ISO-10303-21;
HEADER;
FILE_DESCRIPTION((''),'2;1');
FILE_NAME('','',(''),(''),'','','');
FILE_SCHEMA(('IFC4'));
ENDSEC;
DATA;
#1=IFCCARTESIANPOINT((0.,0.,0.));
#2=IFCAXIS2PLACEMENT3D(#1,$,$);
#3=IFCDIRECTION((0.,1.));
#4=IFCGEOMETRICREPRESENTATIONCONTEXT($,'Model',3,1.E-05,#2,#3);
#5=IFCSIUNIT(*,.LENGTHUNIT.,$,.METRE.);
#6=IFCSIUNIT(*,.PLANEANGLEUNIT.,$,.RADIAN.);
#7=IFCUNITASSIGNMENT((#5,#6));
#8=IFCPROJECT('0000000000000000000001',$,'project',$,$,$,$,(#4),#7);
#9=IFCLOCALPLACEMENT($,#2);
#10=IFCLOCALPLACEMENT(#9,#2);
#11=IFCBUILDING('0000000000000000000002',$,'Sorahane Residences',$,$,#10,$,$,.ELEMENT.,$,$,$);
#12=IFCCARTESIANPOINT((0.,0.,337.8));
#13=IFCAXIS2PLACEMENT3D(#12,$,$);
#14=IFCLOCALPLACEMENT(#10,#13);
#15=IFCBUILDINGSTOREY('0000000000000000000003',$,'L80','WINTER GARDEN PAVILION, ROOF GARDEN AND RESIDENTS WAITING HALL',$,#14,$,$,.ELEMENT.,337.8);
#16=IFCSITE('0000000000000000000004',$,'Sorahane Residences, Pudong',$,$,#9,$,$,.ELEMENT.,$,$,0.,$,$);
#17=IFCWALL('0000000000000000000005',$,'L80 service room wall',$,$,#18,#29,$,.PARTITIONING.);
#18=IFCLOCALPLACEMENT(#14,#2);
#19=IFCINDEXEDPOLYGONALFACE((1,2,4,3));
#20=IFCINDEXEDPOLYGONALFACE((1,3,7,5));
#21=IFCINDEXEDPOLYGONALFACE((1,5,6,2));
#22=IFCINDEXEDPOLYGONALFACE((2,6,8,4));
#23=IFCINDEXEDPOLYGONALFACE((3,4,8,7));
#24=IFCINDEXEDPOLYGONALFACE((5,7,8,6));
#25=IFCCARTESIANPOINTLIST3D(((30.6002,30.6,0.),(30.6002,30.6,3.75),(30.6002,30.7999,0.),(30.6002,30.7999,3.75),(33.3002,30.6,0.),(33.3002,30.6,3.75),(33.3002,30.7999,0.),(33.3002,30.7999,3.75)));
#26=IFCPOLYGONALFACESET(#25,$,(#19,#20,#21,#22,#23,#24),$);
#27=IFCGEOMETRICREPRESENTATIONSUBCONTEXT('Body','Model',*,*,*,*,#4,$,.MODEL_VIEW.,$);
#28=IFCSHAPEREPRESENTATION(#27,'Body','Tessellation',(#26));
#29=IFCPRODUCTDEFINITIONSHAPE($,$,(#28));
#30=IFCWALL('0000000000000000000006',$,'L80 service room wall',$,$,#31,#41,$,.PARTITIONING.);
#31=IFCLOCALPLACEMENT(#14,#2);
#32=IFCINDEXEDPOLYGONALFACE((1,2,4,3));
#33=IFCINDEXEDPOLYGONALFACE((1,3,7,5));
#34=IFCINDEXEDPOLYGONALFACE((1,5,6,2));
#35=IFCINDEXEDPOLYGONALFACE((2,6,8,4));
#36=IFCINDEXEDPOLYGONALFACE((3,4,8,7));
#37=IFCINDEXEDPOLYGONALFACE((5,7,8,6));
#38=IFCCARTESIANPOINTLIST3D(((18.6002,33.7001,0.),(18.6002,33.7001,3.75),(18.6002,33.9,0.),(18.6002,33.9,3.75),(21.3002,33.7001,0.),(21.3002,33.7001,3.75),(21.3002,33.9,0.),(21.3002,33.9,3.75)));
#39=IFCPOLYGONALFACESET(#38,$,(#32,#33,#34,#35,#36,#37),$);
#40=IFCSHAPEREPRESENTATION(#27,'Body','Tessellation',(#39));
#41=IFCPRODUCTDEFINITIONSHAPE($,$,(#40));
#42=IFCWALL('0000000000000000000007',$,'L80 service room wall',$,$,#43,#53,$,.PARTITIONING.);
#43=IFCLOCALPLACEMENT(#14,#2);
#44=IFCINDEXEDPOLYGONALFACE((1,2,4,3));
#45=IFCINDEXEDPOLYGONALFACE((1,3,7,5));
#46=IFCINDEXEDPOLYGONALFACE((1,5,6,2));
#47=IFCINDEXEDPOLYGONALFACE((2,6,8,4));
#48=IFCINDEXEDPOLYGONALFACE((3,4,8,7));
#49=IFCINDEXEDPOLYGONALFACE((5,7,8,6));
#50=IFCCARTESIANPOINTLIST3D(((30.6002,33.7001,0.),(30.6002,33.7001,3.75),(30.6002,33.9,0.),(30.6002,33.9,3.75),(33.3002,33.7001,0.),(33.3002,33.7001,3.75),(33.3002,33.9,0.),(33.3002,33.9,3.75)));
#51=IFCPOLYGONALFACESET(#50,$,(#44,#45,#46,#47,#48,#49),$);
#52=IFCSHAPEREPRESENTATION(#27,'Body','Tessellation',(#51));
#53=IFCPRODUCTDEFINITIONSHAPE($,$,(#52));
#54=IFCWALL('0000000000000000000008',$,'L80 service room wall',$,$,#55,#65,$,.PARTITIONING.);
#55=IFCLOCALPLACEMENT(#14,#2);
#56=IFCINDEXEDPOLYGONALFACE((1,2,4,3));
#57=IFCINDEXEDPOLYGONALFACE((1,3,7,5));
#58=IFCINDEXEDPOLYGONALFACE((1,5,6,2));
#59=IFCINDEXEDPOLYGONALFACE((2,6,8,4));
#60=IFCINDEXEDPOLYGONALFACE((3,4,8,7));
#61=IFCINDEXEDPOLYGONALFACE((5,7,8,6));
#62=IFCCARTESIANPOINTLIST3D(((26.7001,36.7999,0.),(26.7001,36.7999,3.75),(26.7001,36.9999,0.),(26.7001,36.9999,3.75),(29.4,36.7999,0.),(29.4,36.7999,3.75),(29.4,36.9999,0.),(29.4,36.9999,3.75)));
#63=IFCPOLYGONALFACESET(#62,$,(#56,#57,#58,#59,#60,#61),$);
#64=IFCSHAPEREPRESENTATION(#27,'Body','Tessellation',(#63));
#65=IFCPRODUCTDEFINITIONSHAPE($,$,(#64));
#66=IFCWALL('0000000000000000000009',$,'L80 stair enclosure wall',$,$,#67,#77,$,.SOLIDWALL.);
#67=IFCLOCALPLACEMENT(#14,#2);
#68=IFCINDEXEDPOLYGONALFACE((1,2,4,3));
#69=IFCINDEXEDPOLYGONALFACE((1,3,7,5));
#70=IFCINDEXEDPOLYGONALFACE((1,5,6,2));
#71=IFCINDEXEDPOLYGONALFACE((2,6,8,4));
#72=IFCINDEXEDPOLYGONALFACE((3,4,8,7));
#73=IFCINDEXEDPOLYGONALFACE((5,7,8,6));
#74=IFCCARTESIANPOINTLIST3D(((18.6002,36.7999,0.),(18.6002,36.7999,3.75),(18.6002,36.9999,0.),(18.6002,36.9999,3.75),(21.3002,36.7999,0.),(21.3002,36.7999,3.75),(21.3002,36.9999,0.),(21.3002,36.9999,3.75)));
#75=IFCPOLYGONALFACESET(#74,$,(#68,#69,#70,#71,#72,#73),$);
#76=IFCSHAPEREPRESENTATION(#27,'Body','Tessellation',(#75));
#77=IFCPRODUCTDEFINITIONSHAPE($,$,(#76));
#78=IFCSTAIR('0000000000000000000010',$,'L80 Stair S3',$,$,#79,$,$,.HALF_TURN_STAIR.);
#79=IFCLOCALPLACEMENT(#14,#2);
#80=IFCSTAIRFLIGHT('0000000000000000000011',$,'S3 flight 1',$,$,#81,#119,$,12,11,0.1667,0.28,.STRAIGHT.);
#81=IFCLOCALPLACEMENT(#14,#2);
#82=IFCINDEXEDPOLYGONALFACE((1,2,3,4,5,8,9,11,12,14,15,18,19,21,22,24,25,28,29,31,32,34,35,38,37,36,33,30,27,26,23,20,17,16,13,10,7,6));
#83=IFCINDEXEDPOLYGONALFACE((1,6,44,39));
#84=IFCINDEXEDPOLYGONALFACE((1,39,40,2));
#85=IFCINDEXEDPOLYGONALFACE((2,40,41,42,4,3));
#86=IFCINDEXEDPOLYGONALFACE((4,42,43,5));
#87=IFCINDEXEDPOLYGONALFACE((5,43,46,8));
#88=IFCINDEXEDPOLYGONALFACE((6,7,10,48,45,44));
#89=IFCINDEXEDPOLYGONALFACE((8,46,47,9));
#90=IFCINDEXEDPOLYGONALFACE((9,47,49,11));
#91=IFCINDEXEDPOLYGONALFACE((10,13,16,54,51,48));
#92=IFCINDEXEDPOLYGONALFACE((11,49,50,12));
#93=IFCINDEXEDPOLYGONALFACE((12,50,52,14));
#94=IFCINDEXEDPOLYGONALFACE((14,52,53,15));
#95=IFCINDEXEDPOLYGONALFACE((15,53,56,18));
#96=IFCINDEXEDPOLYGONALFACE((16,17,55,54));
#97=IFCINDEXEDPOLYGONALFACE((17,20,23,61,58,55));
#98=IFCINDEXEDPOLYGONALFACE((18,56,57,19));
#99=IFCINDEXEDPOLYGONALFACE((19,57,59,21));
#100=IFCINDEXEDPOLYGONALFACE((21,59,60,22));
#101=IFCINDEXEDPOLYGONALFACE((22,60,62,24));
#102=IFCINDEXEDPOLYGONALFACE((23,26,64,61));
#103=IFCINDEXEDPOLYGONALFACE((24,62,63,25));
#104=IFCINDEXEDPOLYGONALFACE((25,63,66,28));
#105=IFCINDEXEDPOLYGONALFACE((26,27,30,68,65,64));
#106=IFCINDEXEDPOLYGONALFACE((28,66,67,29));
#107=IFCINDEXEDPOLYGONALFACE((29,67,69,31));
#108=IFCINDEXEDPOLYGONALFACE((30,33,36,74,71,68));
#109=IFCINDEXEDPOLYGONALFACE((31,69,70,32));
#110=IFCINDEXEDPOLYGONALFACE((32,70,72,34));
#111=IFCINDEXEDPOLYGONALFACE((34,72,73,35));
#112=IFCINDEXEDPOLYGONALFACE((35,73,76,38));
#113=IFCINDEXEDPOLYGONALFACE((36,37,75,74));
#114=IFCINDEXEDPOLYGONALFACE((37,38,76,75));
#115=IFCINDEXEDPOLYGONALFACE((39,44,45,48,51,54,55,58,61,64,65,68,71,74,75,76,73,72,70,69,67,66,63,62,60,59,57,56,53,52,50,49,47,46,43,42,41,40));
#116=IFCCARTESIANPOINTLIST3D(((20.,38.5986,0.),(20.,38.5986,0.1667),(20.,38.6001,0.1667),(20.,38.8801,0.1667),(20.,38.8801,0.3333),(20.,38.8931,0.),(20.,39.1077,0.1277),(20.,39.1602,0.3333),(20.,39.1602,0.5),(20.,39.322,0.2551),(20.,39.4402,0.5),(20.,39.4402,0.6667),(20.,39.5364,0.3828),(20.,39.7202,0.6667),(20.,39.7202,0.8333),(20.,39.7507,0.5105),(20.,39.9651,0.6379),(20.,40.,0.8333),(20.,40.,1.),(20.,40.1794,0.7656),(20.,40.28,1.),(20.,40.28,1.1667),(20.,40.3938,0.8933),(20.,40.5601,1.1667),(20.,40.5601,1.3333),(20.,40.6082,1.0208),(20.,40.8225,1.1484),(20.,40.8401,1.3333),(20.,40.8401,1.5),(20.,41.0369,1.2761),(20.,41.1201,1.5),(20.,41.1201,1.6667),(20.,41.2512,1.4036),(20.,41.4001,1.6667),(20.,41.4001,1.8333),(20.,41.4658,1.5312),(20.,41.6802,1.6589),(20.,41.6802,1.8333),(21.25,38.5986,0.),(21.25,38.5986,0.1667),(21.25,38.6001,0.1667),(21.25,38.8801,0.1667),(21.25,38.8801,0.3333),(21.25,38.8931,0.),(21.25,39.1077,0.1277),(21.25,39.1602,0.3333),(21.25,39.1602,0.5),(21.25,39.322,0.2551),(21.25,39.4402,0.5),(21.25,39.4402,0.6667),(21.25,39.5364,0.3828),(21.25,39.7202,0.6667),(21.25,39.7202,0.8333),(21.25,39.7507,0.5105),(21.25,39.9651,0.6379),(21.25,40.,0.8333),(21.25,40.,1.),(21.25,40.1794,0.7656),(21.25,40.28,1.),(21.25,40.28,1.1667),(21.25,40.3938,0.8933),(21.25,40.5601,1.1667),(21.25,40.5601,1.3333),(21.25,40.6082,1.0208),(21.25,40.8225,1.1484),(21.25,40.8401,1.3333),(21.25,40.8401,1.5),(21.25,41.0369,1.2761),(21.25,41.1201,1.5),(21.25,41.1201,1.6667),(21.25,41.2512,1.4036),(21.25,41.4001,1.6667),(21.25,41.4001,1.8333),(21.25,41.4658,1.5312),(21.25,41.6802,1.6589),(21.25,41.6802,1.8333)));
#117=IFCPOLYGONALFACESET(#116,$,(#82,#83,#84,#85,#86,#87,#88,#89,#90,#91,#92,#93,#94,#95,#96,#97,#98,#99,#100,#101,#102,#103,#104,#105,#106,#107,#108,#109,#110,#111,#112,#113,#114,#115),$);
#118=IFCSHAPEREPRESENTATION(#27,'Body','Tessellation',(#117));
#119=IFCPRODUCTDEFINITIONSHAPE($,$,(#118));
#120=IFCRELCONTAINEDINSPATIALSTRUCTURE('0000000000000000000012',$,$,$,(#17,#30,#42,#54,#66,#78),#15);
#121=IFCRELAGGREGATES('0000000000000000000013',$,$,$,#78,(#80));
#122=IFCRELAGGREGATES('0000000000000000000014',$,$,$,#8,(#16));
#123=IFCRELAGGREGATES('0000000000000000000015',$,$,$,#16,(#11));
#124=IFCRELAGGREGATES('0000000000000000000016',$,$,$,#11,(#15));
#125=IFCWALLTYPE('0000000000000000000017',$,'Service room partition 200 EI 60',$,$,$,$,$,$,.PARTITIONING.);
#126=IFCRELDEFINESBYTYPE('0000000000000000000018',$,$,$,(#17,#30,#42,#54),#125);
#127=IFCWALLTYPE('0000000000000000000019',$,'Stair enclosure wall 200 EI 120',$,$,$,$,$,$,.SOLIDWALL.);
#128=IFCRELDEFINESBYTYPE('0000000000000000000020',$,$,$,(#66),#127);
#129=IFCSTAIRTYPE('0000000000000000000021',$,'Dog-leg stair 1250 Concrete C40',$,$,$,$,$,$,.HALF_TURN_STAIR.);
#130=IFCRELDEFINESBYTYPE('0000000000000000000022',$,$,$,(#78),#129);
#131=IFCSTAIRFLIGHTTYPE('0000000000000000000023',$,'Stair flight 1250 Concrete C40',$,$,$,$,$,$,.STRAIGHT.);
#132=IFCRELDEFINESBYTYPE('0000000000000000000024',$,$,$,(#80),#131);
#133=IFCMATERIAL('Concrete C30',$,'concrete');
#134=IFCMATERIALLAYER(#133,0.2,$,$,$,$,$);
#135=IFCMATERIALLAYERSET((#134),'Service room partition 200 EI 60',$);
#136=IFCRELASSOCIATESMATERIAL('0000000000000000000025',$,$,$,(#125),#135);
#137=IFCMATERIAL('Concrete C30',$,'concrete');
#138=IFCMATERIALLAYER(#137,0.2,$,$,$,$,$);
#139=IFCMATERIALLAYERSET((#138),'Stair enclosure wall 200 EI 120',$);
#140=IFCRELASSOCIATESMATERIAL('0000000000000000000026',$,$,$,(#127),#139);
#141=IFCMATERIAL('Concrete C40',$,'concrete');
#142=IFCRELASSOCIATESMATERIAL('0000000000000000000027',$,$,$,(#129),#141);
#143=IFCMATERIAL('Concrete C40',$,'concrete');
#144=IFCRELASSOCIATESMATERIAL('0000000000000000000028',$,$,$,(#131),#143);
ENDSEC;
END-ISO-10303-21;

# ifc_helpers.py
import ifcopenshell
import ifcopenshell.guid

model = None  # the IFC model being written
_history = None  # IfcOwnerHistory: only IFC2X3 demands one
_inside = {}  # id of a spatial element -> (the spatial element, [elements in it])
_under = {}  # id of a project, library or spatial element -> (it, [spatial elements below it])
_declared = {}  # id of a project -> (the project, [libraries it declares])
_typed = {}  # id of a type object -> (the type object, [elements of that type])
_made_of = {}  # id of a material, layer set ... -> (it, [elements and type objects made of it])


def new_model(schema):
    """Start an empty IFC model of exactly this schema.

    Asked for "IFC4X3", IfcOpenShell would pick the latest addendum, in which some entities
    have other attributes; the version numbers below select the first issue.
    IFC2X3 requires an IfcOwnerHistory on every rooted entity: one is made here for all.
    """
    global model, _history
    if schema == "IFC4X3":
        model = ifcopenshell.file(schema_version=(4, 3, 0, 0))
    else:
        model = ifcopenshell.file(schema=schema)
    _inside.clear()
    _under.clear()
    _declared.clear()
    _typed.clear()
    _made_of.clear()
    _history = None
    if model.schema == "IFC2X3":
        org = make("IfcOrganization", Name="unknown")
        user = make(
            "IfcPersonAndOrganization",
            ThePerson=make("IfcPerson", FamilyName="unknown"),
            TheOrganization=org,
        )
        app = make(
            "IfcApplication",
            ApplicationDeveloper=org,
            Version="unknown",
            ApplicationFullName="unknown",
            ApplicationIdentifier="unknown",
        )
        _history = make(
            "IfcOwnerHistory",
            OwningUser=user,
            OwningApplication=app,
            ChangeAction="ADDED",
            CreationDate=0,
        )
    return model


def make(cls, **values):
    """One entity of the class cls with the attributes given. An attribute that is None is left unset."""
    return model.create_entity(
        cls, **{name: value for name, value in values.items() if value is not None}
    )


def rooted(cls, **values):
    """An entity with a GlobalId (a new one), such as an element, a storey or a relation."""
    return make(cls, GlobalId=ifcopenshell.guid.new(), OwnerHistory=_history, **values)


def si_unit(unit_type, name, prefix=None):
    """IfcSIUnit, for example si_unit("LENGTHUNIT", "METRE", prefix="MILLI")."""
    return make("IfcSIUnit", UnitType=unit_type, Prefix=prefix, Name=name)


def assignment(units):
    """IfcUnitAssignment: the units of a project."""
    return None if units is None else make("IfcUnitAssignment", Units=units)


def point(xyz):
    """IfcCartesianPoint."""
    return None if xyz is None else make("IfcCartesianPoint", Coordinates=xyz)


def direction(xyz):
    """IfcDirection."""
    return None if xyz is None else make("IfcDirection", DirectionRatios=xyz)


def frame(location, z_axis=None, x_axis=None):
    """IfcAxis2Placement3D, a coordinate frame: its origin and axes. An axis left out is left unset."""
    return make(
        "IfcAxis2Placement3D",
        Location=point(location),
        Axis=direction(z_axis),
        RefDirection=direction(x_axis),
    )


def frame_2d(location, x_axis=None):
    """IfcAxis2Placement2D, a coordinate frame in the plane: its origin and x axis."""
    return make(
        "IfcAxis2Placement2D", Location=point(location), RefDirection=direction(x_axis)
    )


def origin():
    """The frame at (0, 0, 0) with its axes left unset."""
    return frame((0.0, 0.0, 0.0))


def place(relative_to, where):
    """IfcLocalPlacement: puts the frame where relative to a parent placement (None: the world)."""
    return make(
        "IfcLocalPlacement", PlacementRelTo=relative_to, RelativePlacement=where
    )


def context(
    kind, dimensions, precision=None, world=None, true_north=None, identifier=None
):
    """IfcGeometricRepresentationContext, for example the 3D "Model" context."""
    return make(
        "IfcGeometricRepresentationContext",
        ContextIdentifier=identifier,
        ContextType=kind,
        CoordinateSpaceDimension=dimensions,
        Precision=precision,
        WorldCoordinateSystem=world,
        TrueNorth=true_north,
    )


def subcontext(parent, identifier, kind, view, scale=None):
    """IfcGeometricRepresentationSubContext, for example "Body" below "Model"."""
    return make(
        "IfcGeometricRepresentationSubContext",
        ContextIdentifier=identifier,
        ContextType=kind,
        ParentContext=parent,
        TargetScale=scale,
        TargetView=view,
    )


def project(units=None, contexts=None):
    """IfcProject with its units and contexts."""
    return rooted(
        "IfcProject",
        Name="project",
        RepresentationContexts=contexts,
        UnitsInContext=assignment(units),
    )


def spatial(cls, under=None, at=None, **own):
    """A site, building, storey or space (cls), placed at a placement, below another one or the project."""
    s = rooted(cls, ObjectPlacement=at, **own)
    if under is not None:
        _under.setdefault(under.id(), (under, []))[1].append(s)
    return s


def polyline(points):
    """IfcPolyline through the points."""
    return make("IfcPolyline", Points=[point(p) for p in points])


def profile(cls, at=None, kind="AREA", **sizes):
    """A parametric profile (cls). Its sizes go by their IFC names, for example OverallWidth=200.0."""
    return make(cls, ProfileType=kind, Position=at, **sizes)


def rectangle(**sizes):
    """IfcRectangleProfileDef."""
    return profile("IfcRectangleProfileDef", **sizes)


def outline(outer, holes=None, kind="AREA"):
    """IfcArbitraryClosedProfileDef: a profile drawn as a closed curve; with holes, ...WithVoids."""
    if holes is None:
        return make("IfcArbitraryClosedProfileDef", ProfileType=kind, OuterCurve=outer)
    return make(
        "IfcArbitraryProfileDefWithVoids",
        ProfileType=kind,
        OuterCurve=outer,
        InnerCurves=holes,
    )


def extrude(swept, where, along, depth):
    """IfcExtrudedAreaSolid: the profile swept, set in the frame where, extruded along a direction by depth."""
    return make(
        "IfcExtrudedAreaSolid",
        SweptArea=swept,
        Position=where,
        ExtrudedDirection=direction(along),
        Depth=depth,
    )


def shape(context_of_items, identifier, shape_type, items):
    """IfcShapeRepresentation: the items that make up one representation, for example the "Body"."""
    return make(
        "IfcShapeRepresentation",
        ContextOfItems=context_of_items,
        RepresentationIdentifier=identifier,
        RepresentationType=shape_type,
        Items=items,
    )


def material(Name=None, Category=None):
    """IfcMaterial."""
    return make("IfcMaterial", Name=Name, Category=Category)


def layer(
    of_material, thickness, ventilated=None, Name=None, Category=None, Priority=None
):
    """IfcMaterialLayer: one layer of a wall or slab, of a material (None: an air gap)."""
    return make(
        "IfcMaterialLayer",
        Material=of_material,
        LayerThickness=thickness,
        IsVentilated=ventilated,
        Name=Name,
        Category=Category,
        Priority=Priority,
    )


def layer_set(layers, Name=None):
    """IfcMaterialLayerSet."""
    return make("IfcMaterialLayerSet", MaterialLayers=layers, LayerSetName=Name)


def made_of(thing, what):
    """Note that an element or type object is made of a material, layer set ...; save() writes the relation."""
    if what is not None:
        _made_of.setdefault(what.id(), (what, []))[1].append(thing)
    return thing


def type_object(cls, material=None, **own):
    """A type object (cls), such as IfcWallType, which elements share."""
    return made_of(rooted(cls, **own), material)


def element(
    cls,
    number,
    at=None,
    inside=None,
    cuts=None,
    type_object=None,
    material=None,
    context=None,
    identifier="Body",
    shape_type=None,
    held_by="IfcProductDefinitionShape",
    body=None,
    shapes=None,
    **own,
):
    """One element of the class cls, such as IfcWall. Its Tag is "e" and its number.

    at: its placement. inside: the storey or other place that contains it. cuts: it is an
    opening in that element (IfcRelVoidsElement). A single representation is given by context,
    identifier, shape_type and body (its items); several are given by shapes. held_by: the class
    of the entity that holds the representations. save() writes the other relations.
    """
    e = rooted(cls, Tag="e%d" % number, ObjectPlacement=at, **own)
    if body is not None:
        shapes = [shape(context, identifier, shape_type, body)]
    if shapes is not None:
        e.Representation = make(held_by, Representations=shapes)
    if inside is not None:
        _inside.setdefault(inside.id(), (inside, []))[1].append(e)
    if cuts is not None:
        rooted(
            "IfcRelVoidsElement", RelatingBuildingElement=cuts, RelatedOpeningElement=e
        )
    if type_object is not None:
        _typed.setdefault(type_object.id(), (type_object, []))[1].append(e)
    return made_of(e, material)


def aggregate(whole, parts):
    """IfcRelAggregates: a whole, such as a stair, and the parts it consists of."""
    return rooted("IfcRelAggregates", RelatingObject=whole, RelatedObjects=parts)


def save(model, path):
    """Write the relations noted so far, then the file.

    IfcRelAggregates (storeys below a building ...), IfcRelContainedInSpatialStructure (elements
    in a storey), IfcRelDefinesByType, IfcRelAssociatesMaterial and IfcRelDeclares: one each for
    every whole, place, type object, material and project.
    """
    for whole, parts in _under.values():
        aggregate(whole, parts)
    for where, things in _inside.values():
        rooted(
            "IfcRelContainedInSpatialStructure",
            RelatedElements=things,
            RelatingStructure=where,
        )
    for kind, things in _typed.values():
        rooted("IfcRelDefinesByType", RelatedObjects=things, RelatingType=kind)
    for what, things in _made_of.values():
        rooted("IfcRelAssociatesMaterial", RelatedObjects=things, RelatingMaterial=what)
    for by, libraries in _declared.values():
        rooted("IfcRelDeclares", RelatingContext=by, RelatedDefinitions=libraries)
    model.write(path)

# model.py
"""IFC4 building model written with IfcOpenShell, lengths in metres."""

from ifc_helpers import new_model, si_unit, direction, frame, frame_2d, origin, place, context, subcontext, project, spatial, polyline, rectangle, outline, extrude, material, layer, layer_set, type_object, element, aggregate, save


model = new_model("IFC4")

# Units and contexts
model_context = context("Model", 3, precision=1e-05, world=origin(), true_north=direction((0.0, 1.0)))
body_context = subcontext(model_context, "Body", "Model", "MODEL_VIEW")
ifc_project = project(units=[si_unit("LENGTHUNIT", "METRE"), si_unit("PLANEANGLEUNIT", "RADIAN")], contexts=[model_context])

# Site, building, storey
site_placement = place(None, origin())
site = spatial("IfcSite", under=ifc_project, at=site_placement, Name="Sorahane Residences, Pudong", CompositionType="ELEMENT", RefElevation=0.0)
building_placement = place(site_placement, origin())
building = spatial("IfcBuilding", under=site, at=building_placement, Name="Sorahane Residences", CompositionType="ELEMENT")
storey_placement = place(building_placement, frame((0.0, 0.0, 337.8)))
storey = spatial("IfcBuildingStorey", under=building, at=storey_placement, Name="L80", Description="WINTER GARDEN PAVILION, ROOF GARDEN AND RESIDENTS WAITING HALL", CompositionType="ELEMENT", Elevation=337.8)

# Walls
ifc_material_1 = material(Name="Concrete C30", Category="concrete")
ifc_layer_1 = layer(ifc_material_1, 0.2)
ifc_layer_set_1 = layer_set([ifc_layer_1], Name="Service room partition 200 EI 60")
wall_type_1 = type_object("IfcWallType", Name="Service room partition 200 EI 60", PredefinedType="PARTITIONING", material=ifc_layer_set_1)
for number, where, z_axis, x_axis, name in (
    (1, (30.6001, 30.7, 0.0), (0.0, 0.0, 1.0), (1.0, 0.0, 0.0), "L80 service room wall"),
    (2, (18.6001, 33.8, 0.0), (0.0, 0.0, 1.0), (1.0, 0.0, 0.0), "L80 service room wall"),
    (3, (30.6001, 33.8, 0.0), (0.0, 0.0, 1.0), (1.0, 0.0, 0.0), "L80 service room wall"),
    (4, (26.7, 36.8999, 0.0), (0.0, 0.0, 1.0), (1.0, 0.0, 0.0), "L80 service room wall"),
):
    element("IfcWall", number, at=place(storey_placement, frame(where, z_axis=z_axis, x_axis=x_axis)), inside=storey, type_object=wall_type_1, Name=name, PredefinedType="PARTITIONING", context=body_context, shape_type="SweptSolid", body=[
        extrude(rectangle(XDim=2.7, YDim=0.2, at=frame_2d((1.3501, 0.0))), origin(), (0.0, 0.0, 1.0), 3.75),
    ])
ifc_material_2 = material(Name="Concrete C30", Category="concrete")
ifc_layer_2 = layer(ifc_material_2, 0.2)
ifc_layer_set_2 = layer_set([ifc_layer_2], Name="Stair enclosure wall 200 EI 120")
wall_type_2 = type_object("IfcWallType", Name="Stair enclosure wall 200 EI 120", PredefinedType="SOLIDWALL", material=ifc_layer_set_2)
wall_placement = place(storey_placement, frame((18.6001, 36.8999, 0.0), z_axis=(0.0, 0.0, 1.0), x_axis=(1.0, 0.0, 0.0)))
element("IfcWall", 5, at=wall_placement, inside=storey, type_object=wall_type_2, Name="L80 stair enclosure wall", PredefinedType="SOLIDWALL", context=body_context, shape_type="SweptSolid", body=[
    extrude(rectangle(XDim=2.7, YDim=0.2, at=frame_2d((1.3501, 0.0))), origin(), (0.0, 0.0, 1.0), 3.75),
])

# Stair, stair flight
ifc_material_3 = material(Name="Concrete C40", Category="concrete")
stair_type = type_object("IfcStairType", Name="Dog-leg stair 1250 Concrete C40", PredefinedType="HALF_TURN_STAIR", material=ifc_material_3)
stair_placement = place(storey_placement, origin())
stair = element("IfcStair", 6, at=stair_placement, inside=storey, type_object=stair_type, Name="L80 Stair S3", PredefinedType="HALF_TURN_STAIR")
ifc_material_4 = material(Name="Concrete C40", Category="concrete")
stair_flight_type = type_object("IfcStairFlightType", Name="Stair flight 1250 Concrete C40", PredefinedType="STRAIGHT", material=ifc_material_4)
stair_flight_placement = place(storey_placement, frame((20.625, 38.6001, 0.0), z_axis=(0.0, 0.0, 1.0), x_axis=(0.0, 1.0, 0.0)))
stair_flight = element("IfcStairFlight", 7, at=stair_flight_placement, type_object=stair_flight_type, Name="S3 flight 1", NumberOfRisers=12, NumberOfTreads=11, PredefinedType="STRAIGHT", RiserHeight=0.1667, TreadLength=0.28, context=body_context, shape_type="SweptSolid", body=[
    extrude(outline(polyline([(-0.0015, 0.0), (-0.0015, 0.1667), (0.0, 0.1667), (0.28, 0.1667), (0.28, 0.3333), (0.5601, 0.3333), (0.5601, 0.5), (0.8401, 0.5), (0.8401, 0.6667), (1.1201, 0.6667), (1.1201, 0.8333), (1.3999, 0.8333), (1.3999, 1.0), (1.6799, 1.0), (1.6799, 1.1667), (1.96, 1.1667), (1.96, 1.3333), (2.24, 1.3333), (2.24, 1.5), (2.52, 1.5), (2.52, 1.6667), (2.8, 1.6667), (2.8, 1.8333), (3.0801, 1.8333), (3.0801, 2.0), (3.0801, 1.6589), (2.8657, 1.5312), (2.6511, 1.4036), (2.4368, 1.2761), (2.2224, 1.1484), (2.0081, 1.0208), (1.7937, 0.8933), (1.5793, 0.7656), (1.365, 0.6379), (1.1506, 0.5105), (0.9363, 0.3828), (0.7219, 0.2551), (0.5076, 0.1277), (0.293, 0.0), (-0.0015, 0.0)])), frame((0.0, 0.625, 0.0), z_axis=(0.0, -1.0, 0.0), x_axis=(1.0, 0.0, 0.0)), (0.0, 0.0, 1.0), 1.25),
])
aggregate(stair, [stair_flight])

save(model, "model.ifc")
